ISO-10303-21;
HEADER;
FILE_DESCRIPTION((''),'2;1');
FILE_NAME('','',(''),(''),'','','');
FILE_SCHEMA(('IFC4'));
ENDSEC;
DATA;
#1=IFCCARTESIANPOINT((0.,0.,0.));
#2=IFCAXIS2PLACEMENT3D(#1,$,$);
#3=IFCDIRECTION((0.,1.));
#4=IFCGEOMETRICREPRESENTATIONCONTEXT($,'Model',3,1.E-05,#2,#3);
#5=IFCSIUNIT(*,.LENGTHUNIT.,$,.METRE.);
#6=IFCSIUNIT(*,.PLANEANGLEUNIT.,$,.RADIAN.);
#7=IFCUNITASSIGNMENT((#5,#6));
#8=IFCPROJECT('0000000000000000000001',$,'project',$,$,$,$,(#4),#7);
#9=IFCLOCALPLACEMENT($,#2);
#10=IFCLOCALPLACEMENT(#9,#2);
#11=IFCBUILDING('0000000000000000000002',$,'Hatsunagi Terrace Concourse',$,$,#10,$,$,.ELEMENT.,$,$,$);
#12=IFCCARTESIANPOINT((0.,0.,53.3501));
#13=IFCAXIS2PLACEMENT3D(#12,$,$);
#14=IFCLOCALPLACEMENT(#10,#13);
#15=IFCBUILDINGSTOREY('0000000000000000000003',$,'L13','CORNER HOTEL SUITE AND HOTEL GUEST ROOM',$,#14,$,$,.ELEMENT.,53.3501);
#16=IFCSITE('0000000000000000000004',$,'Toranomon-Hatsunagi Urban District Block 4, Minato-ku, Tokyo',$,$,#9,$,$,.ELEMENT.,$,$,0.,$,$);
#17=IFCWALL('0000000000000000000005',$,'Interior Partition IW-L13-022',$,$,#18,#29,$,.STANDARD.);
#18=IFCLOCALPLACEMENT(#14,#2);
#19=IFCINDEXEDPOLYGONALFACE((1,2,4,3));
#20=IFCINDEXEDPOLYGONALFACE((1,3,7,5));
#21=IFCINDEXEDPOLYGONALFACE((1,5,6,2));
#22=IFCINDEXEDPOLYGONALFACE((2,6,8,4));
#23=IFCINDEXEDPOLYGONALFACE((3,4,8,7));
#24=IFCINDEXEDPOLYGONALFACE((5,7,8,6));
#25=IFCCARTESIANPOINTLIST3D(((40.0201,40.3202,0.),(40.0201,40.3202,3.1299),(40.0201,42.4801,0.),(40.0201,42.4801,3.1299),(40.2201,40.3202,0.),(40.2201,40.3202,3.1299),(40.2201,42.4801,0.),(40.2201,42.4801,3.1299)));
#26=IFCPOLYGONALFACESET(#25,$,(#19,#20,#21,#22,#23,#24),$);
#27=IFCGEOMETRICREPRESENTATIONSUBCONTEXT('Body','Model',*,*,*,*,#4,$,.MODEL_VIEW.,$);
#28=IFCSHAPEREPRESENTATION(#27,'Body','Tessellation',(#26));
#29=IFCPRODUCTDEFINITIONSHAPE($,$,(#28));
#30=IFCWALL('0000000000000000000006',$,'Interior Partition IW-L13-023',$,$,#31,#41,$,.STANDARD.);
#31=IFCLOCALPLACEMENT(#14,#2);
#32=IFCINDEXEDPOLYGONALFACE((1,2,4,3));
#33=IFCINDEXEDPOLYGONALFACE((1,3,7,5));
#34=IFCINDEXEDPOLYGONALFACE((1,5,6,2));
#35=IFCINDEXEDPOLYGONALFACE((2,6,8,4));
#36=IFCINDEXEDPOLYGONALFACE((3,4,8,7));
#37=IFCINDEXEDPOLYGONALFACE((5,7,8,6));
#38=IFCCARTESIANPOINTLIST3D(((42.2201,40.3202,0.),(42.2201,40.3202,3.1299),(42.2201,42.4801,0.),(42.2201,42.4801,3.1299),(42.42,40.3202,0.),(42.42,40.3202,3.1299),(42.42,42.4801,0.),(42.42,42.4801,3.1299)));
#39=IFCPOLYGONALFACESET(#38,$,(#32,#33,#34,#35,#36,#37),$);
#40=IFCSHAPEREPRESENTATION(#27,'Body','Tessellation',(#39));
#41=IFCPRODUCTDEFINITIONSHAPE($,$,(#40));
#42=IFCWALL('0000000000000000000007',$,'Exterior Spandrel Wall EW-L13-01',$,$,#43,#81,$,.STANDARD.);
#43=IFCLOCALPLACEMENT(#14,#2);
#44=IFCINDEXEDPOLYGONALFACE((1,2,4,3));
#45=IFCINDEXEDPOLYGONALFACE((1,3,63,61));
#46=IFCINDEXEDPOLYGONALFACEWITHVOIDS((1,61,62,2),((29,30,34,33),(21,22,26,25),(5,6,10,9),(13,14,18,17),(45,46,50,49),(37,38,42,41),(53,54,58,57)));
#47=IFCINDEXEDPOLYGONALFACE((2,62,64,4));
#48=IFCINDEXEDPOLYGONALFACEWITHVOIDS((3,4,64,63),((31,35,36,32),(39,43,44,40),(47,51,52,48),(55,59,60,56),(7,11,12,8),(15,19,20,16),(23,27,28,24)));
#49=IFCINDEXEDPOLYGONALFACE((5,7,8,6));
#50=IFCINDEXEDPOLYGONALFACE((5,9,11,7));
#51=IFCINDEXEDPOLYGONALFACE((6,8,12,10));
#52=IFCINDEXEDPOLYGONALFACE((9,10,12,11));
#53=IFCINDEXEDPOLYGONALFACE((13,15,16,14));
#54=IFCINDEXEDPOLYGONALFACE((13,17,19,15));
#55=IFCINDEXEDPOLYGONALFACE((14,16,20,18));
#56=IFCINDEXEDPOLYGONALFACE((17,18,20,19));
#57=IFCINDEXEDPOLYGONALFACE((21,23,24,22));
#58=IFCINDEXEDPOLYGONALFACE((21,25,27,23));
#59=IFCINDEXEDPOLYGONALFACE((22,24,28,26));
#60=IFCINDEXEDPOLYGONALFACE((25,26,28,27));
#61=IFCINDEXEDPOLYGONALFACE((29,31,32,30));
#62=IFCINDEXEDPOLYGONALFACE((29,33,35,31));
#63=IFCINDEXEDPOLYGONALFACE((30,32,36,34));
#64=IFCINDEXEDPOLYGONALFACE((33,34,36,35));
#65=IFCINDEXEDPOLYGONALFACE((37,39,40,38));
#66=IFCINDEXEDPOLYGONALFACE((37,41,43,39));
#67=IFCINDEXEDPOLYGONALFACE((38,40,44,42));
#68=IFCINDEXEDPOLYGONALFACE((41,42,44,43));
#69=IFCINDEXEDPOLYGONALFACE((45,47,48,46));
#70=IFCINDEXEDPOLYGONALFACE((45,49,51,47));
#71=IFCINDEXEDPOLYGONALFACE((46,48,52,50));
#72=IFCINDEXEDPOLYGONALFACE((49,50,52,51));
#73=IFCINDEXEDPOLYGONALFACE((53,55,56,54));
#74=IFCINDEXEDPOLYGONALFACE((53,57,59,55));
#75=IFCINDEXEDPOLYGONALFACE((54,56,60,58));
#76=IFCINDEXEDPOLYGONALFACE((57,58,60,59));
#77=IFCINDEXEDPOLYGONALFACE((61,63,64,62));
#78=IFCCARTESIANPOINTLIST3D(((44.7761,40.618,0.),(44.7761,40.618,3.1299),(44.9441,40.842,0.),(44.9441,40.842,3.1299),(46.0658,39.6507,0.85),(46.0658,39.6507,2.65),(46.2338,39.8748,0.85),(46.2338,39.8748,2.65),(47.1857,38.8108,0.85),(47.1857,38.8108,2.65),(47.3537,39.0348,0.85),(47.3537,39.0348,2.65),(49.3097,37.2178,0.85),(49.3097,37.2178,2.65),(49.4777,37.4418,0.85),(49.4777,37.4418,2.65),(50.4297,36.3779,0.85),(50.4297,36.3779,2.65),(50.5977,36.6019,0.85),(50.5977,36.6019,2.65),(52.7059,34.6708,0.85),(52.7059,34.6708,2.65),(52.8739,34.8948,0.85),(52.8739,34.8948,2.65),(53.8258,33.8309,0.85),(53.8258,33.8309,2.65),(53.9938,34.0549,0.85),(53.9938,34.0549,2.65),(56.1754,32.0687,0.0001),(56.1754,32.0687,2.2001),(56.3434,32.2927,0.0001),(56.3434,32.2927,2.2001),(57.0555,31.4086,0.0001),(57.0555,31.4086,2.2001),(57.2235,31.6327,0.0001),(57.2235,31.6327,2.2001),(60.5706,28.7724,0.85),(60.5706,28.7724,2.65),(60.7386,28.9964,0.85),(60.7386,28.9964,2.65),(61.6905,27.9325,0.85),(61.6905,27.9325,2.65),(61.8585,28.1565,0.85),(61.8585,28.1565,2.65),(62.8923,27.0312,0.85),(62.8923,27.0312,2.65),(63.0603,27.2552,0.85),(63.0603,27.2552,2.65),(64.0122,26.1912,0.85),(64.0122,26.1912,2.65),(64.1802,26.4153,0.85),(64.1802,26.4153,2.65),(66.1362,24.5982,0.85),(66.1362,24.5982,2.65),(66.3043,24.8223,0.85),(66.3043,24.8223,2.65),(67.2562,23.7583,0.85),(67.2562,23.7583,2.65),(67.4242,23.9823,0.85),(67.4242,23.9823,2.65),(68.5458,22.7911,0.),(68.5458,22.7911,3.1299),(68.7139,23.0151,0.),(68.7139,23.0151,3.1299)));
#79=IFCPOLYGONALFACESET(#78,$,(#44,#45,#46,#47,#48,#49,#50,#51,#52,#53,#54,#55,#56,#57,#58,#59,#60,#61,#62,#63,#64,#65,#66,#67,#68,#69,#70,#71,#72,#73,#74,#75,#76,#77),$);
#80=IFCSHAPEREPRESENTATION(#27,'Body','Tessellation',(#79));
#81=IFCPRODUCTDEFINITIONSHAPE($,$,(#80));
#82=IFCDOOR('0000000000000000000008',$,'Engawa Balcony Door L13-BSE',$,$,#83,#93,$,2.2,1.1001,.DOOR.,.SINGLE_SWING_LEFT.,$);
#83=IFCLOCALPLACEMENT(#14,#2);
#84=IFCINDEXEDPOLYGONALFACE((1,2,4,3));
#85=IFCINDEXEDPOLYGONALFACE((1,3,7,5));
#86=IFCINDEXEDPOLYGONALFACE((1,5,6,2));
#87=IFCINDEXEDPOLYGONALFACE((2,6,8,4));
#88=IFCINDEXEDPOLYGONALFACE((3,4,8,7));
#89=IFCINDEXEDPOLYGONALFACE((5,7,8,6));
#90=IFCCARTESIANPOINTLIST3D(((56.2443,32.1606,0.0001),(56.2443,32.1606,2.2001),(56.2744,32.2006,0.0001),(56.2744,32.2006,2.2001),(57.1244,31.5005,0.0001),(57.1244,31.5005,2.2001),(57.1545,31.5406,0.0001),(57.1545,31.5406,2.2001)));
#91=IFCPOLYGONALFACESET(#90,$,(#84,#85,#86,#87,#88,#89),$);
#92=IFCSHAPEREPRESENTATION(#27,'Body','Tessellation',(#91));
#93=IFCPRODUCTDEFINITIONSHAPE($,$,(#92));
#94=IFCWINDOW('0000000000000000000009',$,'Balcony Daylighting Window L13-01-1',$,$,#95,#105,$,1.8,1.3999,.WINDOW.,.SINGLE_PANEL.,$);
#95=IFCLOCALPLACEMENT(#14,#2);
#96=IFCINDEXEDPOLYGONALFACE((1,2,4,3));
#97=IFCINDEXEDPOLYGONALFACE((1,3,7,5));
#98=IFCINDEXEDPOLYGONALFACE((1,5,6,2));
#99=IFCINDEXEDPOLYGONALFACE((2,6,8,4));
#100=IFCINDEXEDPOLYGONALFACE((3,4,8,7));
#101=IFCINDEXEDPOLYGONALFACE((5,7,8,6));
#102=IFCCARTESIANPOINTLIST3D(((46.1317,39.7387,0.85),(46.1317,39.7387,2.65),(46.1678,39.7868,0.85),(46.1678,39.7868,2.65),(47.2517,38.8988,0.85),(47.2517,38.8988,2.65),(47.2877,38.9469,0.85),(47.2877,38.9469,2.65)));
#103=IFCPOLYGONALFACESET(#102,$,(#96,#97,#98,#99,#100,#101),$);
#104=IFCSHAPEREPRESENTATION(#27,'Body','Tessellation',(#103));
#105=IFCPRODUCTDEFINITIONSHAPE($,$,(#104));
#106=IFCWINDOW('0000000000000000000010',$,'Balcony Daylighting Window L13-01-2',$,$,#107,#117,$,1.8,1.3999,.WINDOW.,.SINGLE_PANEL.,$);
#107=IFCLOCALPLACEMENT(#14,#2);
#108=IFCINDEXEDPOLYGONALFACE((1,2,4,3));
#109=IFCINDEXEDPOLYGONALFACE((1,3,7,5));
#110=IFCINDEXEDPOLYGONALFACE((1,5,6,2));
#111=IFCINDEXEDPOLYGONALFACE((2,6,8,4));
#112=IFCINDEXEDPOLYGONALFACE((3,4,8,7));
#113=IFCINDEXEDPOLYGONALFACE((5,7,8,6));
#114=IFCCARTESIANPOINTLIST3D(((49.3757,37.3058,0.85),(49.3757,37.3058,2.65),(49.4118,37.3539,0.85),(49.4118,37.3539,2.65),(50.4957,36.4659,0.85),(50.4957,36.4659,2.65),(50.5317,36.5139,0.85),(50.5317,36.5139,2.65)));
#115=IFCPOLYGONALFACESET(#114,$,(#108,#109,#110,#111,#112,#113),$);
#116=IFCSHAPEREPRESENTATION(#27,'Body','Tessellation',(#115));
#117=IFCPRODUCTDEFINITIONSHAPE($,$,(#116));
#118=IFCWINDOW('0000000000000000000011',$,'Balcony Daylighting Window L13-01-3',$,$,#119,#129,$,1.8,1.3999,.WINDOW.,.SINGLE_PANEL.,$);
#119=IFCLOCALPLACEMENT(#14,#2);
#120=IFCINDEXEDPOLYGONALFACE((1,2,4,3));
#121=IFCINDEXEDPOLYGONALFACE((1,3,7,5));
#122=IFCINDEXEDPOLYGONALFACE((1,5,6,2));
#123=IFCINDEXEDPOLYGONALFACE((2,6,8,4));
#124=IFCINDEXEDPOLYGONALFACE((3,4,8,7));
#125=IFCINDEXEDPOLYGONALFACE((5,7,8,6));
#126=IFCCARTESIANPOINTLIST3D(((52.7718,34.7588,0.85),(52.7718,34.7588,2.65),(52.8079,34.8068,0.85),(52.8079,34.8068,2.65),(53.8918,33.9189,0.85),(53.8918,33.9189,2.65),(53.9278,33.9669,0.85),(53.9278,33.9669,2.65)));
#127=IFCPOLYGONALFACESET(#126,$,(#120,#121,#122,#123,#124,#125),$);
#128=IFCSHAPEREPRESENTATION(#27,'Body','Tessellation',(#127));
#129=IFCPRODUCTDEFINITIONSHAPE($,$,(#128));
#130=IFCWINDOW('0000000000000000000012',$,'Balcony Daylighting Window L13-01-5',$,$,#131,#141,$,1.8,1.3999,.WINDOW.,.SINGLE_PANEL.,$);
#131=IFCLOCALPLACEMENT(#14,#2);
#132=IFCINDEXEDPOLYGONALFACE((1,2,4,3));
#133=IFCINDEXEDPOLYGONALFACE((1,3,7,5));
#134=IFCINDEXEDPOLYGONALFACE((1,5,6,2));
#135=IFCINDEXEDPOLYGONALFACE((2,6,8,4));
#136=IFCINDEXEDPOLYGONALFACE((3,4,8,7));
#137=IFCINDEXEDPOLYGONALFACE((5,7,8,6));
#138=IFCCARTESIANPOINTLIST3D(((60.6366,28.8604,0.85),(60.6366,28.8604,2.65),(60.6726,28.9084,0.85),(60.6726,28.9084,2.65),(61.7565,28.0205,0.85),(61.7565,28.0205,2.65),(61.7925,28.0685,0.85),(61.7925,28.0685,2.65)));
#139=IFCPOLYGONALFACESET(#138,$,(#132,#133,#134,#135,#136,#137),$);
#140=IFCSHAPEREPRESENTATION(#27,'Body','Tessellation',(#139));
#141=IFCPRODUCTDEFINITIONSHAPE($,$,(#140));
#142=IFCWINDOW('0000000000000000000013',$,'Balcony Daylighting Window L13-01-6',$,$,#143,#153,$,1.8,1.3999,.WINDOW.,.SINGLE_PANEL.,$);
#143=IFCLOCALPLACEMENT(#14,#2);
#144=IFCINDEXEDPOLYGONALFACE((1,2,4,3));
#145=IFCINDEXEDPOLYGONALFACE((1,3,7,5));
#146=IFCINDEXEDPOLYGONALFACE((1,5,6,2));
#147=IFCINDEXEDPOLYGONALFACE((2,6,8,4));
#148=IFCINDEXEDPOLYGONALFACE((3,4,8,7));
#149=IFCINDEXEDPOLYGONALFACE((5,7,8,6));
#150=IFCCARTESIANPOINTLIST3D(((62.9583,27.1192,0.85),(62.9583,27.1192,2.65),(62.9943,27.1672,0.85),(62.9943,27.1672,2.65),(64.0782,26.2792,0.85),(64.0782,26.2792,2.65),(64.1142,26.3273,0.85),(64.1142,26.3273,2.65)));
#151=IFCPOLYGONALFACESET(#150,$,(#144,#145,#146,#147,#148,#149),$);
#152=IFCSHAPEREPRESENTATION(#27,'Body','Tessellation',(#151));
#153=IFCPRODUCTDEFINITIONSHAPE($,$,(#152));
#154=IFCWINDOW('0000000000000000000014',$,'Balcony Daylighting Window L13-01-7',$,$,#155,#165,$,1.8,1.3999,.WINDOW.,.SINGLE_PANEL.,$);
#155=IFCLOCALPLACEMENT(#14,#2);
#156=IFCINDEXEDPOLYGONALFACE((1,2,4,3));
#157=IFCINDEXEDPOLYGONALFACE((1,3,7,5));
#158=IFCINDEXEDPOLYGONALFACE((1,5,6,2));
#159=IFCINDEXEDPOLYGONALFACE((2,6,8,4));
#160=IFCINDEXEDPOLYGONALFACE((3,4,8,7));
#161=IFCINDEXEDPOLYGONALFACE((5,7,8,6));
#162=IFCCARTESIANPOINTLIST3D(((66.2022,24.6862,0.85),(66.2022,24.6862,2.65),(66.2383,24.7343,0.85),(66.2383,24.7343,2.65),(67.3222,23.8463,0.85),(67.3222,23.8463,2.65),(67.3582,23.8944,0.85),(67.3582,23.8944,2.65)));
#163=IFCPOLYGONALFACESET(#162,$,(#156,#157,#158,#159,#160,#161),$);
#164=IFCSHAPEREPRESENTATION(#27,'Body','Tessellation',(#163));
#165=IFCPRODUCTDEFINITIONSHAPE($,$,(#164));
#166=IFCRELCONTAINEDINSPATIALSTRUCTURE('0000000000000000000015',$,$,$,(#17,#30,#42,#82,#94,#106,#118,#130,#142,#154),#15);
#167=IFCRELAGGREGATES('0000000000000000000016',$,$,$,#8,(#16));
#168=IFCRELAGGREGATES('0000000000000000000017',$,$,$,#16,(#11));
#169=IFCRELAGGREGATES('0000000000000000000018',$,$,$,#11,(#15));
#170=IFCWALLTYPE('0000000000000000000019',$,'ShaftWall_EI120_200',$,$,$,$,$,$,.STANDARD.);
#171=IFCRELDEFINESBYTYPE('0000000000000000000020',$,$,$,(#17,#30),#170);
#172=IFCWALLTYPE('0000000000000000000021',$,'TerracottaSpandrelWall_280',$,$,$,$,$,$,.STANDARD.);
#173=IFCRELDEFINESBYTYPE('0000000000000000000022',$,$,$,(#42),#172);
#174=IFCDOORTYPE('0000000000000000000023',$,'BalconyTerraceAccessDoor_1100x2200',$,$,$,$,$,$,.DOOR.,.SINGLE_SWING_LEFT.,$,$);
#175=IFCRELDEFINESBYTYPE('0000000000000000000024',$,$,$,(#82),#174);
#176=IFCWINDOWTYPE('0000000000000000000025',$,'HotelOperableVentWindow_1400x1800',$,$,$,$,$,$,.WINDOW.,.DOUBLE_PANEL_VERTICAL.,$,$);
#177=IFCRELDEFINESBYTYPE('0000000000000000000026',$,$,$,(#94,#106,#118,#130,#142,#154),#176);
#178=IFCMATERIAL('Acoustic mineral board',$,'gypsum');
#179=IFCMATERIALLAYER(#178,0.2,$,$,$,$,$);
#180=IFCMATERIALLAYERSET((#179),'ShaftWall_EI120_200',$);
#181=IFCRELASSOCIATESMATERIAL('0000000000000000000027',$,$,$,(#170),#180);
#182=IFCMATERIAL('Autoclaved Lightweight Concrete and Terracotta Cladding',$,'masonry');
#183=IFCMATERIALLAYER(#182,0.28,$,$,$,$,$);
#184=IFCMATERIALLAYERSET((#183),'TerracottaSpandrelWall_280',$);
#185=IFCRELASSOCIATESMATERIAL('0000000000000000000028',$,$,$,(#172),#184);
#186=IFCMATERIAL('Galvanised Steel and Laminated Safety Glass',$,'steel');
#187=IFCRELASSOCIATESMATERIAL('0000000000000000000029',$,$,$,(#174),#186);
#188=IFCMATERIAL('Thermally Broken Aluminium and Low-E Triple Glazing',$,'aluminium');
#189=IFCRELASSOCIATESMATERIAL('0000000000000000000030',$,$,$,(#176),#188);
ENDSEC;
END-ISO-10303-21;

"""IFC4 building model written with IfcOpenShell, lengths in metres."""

from ifc_helpers import new_model, si_unit, direction, frame, frame_2d, origin, place, context, subcontext, project, spatial, rectangle, extrude, material, layer, layer_set, type_object, element, fill, save


model = new_model("IFC4")

# Units and contexts
model_context = context("Model", 3, precision=1e-05, world=origin(), true_north=direction((0.0, 1.0)))
body_context = subcontext(model_context, "Body", "Model", "MODEL_VIEW")
ifc_project = project(units=[si_unit("LENGTHUNIT", "METRE"), si_unit("PLANEANGLEUNIT", "RADIAN")], contexts=[model_context])

# Site, building, storey
site_placement = place(None, origin())
site = spatial("IfcSite", under=ifc_project, at=site_placement, Name="Toranomon-Hatsunagi Urban District Block 4, Minato-ku, Tokyo", CompositionType="ELEMENT", RefElevation=0.0)
building_placement = place(site_placement, origin())
building = spatial("IfcBuilding", under=site, at=building_placement, Name="Hatsunagi Terrace Concourse", CompositionType="ELEMENT")
storey_placement = place(building_placement, frame((0.0, 0.0, 53.3501)))
storey = spatial("IfcBuildingStorey", under=building, at=storey_placement, Name="L13", Description="CORNER HOTEL SUITE AND HOTEL GUEST ROOM", CompositionType="ELEMENT", Elevation=53.3501)

# Walls
ifc_material_1 = material(Name="Acoustic mineral board", Category="gypsum")
ifc_layer_1 = layer(ifc_material_1, 0.2)
ifc_layer_set_1 = layer_set([ifc_layer_1], Name="ShaftWall_EI120_200")
wall_type_1 = type_object("IfcWallType", Name="ShaftWall_EI120_200", PredefinedType="STANDARD", material=ifc_layer_set_1)
for number, where, z_axis, x_axis, name in (
    (1, (40.1201, 40.3201, 0.0), (0.0, 0.0, 1.0), (0.0, 1.0, 0.0), "Interior Partition IW-L13-022"),
    (2, (42.3201, 40.3201, 0.0), (0.0, 0.0, 1.0), (0.0, 1.0, 0.0), "Interior Partition IW-L13-023"),
):
    element("IfcWall", number, at=place(storey_placement, frame(where, z_axis=z_axis, x_axis=x_axis)), inside=storey, type_object=wall_type_1, Name=name, PredefinedType="STANDARD", context=body_context, shape_type="SweptSolid", body=[
        extrude(rectangle(XDim=2.1599, YDim=0.2, at=frame_2d((1.0801, 0.0))), origin(), (0.0, 0.0, 1.0), 3.1299),
    ])

# Wall, openings, door, windows
ifc_material_2 = material(Name="Autoclaved Lightweight Concrete and Terracotta Cladding", Category="masonry")
ifc_layer_2 = layer(ifc_material_2, 0.28)
ifc_layer_set_2 = layer_set([ifc_layer_2], Name="TerracottaSpandrelWall_280")
wall_type_2 = type_object("IfcWallType", Name="TerracottaSpandrelWall_280", PredefinedType="STANDARD", material=ifc_layer_set_2)
wall_1_placement = place(storey_placement, frame((44.8601, 40.73, 0.0), z_axis=(0.0, 0.0, 1.0), x_axis=(0.800007, -0.599991, 0.0)))
wall_1 = element("IfcWall", 3, at=wall_1_placement, inside=storey, type_object=wall_type_2, Name="Exterior Spandrel Wall EW-L13-01", PredefinedType="STANDARD", context=body_context, shape_type="SweptSolid", body=[
    extrude(rectangle(XDim=29.7119, YDim=0.28, at=frame_2d((14.856, 0.0))), origin(), (0.0, 0.0, 1.0), 3.1299),
])
opening_1_placement = place(wall_1_placement, frame((14.249, 0.0, 0.0)))
opening_1 = element("IfcOpeningElement", 4, at=opening_1_placement, cuts=wall_1, PredefinedType="OPENING", context=body_context, shape_type="SweptSolid", body=[
    extrude(rectangle(XDim=1.1001, YDim=2.2, at=frame_2d((0.55, 1.1001))), frame((0.0, 0.1499, 0.0), z_axis=(0.0, -1.0, 0.0), x_axis=(1.0, 0.0, 0.0)), (0.0, 0.0, 1.0), 0.3),
])
opening_2_placement = place(wall_1_placement, frame((1.6121, 0.0, 0.8501)))
opening_2 = element("IfcOpeningElement", 5, at=opening_2_placement, cuts=wall_1, PredefinedType="OPENING", context=body_context, shape_type="SweptSolid", body=[
    extrude(rectangle(XDim=1.3999, YDim=1.8, at=frame_2d((0.7, 0.8999))), frame((0.0, 0.1499, 0.0), z_axis=(0.0, -1.0, 0.0), x_axis=(1.0, 0.0, 0.0)), (0.0, 0.0, 1.0), 0.3),
])
opening_3_placement = place(wall_1_placement, frame((5.667, 0.0, 0.8501)))
opening_3 = element("IfcOpeningElement", 6, at=opening_3_placement, cuts=wall_1, PredefinedType="OPENING", context=body_context, shape_type="SweptSolid", body=[
    extrude(rectangle(XDim=1.3999, YDim=1.8, at=frame_2d((0.7, 0.8999))), frame((0.0, 0.1499, 0.0), z_axis=(0.0, -1.0, 0.0), x_axis=(1.0, 0.0, 0.0)), (0.0, 0.0, 1.0), 0.3),
])
opening_4_placement = place(wall_1_placement, frame((9.9121, 0.0, 0.8501)))
opening_4 = element("IfcOpeningElement", 7, at=opening_4_placement, cuts=wall_1, PredefinedType="OPENING", context=body_context, shape_type="SweptSolid", body=[
    extrude(rectangle(XDim=1.3999, YDim=1.8, at=frame_2d((0.7, 0.8999))), frame((0.0, 0.1499, 0.0), z_axis=(0.0, -1.0, 0.0), x_axis=(1.0, 0.0, 0.0)), (0.0, 0.0, 1.0), 0.3),
])
opening_5_placement = place(wall_1_placement, frame((19.7429, 0.0, 0.8501)))
opening_5 = element("IfcOpeningElement", 8, at=opening_5_placement, cuts=wall_1, PredefinedType="OPENING", context=body_context, shape_type="SweptSolid", body=[
    extrude(rectangle(XDim=1.3999, YDim=1.8, at=frame_2d((0.7, 0.8999))), frame((0.0, 0.1499, 0.0), z_axis=(0.0, -1.0, 0.0), x_axis=(1.0, 0.0, 0.0)), (0.0, 0.0, 1.0), 0.3),
])
opening_6_placement = place(wall_1_placement, frame((22.645, 0.0, 0.8501)))
opening_6 = element("IfcOpeningElement", 9, at=opening_6_placement, cuts=wall_1, PredefinedType="OPENING", context=body_context, shape_type="SweptSolid", body=[
    extrude(rectangle(XDim=1.3999, YDim=1.8, at=frame_2d((0.7, 0.8999))), frame((0.0, 0.1499, 0.0), z_axis=(0.0, -1.0, 0.0), x_axis=(1.0, 0.0, 0.0)), (0.0, 0.0, 1.0), 0.3),
])
opening_7_placement = place(wall_1_placement, frame((26.7, 0.0, 0.8501)))
opening_7 = element("IfcOpeningElement", 10, at=opening_7_placement, cuts=wall_1, PredefinedType="OPENING", context=body_context, shape_type="SweptSolid", body=[
    extrude(rectangle(XDim=1.3999, YDim=1.8, at=frame_2d((0.7, 0.8999))), frame((0.0, 0.1499, 0.0), z_axis=(0.0, -1.0, 0.0), x_axis=(1.0, 0.0, 0.0)), (0.0, 0.0, 1.0), 0.3),
])
ifc_material_3 = material(Name="Galvanised Steel and Laminated Safety Glass", Category="steel")
door_type = type_object("IfcDoorType", Name="BalconyTerraceAccessDoor_1100x2200", OperationType="SINGLE_SWING_LEFT", PredefinedType="DOOR", material=ifc_material_3)
door_placement = place(opening_1_placement, origin())
door = element("IfcDoor", 11, at=door_placement, inside=storey, type_object=door_type, Name="Engawa Balcony Door L13-BSE", OperationType="SINGLE_SWING_LEFT", OverallHeight=2.2, OverallWidth=1.1001, PredefinedType="DOOR", context=body_context, shape_type="SweptSolid", body=[
    extrude(rectangle(XDim=1.1001, YDim=2.2, at=frame_2d((0.55, 1.1001))), frame((0.0, 0.0249, 0.0), z_axis=(0.0, -1.0, 0.0), x_axis=(1.0, 0.0, 0.0)), (0.0, 0.0, 1.0), 0.05),
])
fill(opening_1, door)
ifc_material_4 = material(Name="Thermally Broken Aluminium and Low-E Triple Glazing", Category="aluminium")
window_type = type_object("IfcWindowType", Name="HotelOperableVentWindow_1400x1800", PartitioningType="DOUBLE_PANEL_VERTICAL", PredefinedType="WINDOW", material=ifc_material_4)
window_1_placement = place(opening_2_placement, origin())
window_1 = element("IfcWindow", 12, at=window_1_placement, inside=storey, type_object=window_type, Name="Balcony Daylighting Window L13-01-1", OverallHeight=1.8, OverallWidth=1.3999, PartitioningType="SINGLE_PANEL", PredefinedType="WINDOW", context=body_context, shape_type="SweptSolid", body=[
    extrude(rectangle(XDim=1.3999, YDim=1.8, at=frame_2d((0.7, 0.8999))), frame((0.0, 0.03, 0.0), z_axis=(0.0, -1.0, 0.0), x_axis=(1.0, 0.0, 0.0)), (0.0, 0.0, 1.0), 0.0601),
])
fill(opening_2, window_1)
window_2_placement = place(opening_3_placement, origin())
window_2 = element("IfcWindow", 13, at=window_2_placement, inside=storey, type_object=window_type, Name="Balcony Daylighting Window L13-01-2", OverallHeight=1.8, OverallWidth=1.3999, PartitioningType="SINGLE_PANEL", PredefinedType="WINDOW", context=body_context, shape_type="SweptSolid", body=[
    extrude(rectangle(XDim=1.3999, YDim=1.8, at=frame_2d((0.7, 0.8999))), frame((0.0, 0.03, 0.0), z_axis=(0.0, -1.0, 0.0), x_axis=(1.0, 0.0, 0.0)), (0.0, 0.0, 1.0), 0.0601),
])
fill(opening_3, window_2)
window_3_placement = place(opening_4_placement, origin())
window_3 = element("IfcWindow", 14, at=window_3_placement, inside=storey, type_object=window_type, Name="Balcony Daylighting Window L13-01-3", OverallHeight=1.8, OverallWidth=1.3999, PartitioningType="SINGLE_PANEL", PredefinedType="WINDOW", context=body_context, shape_type="SweptSolid", body=[
    extrude(rectangle(XDim=1.3999, YDim=1.8, at=frame_2d((0.7, 0.8999))), frame((0.0, 0.03, 0.0), z_axis=(0.0, -1.0, 0.0), x_axis=(1.0, 0.0, 0.0)), (0.0, 0.0, 1.0), 0.0601),
])
fill(opening_4, window_3)
window_4_placement = place(opening_5_placement, origin())
window_4 = element("IfcWindow", 15, at=window_4_placement, inside=storey, type_object=window_type, Name="Balcony Daylighting Window L13-01-5", OverallHeight=1.8, OverallWidth=1.3999, PartitioningType="SINGLE_PANEL", PredefinedType="WINDOW", context=body_context, shape_type="SweptSolid", body=[
    extrude(rectangle(XDim=1.3999, YDim=1.8, at=frame_2d((0.7, 0.8999))), frame((0.0, 0.03, 0.0), z_axis=(0.0, -1.0, 0.0), x_axis=(1.0, 0.0, 0.0)), (0.0, 0.0, 1.0), 0.0601),
])
fill(opening_5, window_4)
window_5_placement = place(opening_6_placement, origin())
window_5 = element("IfcWindow", 16, at=window_5_placement, inside=storey, type_object=window_type, Name="Balcony Daylighting Window L13-01-6", OverallHeight=1.8, OverallWidth=1.3999, PartitioningType="SINGLE_PANEL", PredefinedType="WINDOW", context=body_context, shape_type="SweptSolid", body=[
    extrude(rectangle(XDim=1.3999, YDim=1.8, at=frame_2d((0.7, 0.8999))), frame((0.0, 0.03, 0.0), z_axis=(0.0, -1.0, 0.0), x_axis=(1.0, 0.0, 0.0)), (0.0, 0.0, 1.0), 0.0601),
])
fill(opening_6, window_5)
window_6_placement = place(opening_7_placement, origin())
window_6 = element("IfcWindow", 17, at=window_6_placement, inside=storey, type_object=window_type, Name="Balcony Daylighting Window L13-01-7", OverallHeight=1.8, OverallWidth=1.3999, PartitioningType="SINGLE_PANEL", PredefinedType="WINDOW", context=body_context, shape_type="SweptSolid", body=[
    extrude(rectangle(XDim=1.3999, YDim=1.8, at=frame_2d((0.7, 0.8999))), frame((0.0, 0.03, 0.0), z_axis=(0.0, -1.0, 0.0), x_axis=(1.0, 0.0, 0.0)), (0.0, 0.0, 1.0), 0.0601),
])
fill(opening_7, window_6)

save(model, "model.ifc")
